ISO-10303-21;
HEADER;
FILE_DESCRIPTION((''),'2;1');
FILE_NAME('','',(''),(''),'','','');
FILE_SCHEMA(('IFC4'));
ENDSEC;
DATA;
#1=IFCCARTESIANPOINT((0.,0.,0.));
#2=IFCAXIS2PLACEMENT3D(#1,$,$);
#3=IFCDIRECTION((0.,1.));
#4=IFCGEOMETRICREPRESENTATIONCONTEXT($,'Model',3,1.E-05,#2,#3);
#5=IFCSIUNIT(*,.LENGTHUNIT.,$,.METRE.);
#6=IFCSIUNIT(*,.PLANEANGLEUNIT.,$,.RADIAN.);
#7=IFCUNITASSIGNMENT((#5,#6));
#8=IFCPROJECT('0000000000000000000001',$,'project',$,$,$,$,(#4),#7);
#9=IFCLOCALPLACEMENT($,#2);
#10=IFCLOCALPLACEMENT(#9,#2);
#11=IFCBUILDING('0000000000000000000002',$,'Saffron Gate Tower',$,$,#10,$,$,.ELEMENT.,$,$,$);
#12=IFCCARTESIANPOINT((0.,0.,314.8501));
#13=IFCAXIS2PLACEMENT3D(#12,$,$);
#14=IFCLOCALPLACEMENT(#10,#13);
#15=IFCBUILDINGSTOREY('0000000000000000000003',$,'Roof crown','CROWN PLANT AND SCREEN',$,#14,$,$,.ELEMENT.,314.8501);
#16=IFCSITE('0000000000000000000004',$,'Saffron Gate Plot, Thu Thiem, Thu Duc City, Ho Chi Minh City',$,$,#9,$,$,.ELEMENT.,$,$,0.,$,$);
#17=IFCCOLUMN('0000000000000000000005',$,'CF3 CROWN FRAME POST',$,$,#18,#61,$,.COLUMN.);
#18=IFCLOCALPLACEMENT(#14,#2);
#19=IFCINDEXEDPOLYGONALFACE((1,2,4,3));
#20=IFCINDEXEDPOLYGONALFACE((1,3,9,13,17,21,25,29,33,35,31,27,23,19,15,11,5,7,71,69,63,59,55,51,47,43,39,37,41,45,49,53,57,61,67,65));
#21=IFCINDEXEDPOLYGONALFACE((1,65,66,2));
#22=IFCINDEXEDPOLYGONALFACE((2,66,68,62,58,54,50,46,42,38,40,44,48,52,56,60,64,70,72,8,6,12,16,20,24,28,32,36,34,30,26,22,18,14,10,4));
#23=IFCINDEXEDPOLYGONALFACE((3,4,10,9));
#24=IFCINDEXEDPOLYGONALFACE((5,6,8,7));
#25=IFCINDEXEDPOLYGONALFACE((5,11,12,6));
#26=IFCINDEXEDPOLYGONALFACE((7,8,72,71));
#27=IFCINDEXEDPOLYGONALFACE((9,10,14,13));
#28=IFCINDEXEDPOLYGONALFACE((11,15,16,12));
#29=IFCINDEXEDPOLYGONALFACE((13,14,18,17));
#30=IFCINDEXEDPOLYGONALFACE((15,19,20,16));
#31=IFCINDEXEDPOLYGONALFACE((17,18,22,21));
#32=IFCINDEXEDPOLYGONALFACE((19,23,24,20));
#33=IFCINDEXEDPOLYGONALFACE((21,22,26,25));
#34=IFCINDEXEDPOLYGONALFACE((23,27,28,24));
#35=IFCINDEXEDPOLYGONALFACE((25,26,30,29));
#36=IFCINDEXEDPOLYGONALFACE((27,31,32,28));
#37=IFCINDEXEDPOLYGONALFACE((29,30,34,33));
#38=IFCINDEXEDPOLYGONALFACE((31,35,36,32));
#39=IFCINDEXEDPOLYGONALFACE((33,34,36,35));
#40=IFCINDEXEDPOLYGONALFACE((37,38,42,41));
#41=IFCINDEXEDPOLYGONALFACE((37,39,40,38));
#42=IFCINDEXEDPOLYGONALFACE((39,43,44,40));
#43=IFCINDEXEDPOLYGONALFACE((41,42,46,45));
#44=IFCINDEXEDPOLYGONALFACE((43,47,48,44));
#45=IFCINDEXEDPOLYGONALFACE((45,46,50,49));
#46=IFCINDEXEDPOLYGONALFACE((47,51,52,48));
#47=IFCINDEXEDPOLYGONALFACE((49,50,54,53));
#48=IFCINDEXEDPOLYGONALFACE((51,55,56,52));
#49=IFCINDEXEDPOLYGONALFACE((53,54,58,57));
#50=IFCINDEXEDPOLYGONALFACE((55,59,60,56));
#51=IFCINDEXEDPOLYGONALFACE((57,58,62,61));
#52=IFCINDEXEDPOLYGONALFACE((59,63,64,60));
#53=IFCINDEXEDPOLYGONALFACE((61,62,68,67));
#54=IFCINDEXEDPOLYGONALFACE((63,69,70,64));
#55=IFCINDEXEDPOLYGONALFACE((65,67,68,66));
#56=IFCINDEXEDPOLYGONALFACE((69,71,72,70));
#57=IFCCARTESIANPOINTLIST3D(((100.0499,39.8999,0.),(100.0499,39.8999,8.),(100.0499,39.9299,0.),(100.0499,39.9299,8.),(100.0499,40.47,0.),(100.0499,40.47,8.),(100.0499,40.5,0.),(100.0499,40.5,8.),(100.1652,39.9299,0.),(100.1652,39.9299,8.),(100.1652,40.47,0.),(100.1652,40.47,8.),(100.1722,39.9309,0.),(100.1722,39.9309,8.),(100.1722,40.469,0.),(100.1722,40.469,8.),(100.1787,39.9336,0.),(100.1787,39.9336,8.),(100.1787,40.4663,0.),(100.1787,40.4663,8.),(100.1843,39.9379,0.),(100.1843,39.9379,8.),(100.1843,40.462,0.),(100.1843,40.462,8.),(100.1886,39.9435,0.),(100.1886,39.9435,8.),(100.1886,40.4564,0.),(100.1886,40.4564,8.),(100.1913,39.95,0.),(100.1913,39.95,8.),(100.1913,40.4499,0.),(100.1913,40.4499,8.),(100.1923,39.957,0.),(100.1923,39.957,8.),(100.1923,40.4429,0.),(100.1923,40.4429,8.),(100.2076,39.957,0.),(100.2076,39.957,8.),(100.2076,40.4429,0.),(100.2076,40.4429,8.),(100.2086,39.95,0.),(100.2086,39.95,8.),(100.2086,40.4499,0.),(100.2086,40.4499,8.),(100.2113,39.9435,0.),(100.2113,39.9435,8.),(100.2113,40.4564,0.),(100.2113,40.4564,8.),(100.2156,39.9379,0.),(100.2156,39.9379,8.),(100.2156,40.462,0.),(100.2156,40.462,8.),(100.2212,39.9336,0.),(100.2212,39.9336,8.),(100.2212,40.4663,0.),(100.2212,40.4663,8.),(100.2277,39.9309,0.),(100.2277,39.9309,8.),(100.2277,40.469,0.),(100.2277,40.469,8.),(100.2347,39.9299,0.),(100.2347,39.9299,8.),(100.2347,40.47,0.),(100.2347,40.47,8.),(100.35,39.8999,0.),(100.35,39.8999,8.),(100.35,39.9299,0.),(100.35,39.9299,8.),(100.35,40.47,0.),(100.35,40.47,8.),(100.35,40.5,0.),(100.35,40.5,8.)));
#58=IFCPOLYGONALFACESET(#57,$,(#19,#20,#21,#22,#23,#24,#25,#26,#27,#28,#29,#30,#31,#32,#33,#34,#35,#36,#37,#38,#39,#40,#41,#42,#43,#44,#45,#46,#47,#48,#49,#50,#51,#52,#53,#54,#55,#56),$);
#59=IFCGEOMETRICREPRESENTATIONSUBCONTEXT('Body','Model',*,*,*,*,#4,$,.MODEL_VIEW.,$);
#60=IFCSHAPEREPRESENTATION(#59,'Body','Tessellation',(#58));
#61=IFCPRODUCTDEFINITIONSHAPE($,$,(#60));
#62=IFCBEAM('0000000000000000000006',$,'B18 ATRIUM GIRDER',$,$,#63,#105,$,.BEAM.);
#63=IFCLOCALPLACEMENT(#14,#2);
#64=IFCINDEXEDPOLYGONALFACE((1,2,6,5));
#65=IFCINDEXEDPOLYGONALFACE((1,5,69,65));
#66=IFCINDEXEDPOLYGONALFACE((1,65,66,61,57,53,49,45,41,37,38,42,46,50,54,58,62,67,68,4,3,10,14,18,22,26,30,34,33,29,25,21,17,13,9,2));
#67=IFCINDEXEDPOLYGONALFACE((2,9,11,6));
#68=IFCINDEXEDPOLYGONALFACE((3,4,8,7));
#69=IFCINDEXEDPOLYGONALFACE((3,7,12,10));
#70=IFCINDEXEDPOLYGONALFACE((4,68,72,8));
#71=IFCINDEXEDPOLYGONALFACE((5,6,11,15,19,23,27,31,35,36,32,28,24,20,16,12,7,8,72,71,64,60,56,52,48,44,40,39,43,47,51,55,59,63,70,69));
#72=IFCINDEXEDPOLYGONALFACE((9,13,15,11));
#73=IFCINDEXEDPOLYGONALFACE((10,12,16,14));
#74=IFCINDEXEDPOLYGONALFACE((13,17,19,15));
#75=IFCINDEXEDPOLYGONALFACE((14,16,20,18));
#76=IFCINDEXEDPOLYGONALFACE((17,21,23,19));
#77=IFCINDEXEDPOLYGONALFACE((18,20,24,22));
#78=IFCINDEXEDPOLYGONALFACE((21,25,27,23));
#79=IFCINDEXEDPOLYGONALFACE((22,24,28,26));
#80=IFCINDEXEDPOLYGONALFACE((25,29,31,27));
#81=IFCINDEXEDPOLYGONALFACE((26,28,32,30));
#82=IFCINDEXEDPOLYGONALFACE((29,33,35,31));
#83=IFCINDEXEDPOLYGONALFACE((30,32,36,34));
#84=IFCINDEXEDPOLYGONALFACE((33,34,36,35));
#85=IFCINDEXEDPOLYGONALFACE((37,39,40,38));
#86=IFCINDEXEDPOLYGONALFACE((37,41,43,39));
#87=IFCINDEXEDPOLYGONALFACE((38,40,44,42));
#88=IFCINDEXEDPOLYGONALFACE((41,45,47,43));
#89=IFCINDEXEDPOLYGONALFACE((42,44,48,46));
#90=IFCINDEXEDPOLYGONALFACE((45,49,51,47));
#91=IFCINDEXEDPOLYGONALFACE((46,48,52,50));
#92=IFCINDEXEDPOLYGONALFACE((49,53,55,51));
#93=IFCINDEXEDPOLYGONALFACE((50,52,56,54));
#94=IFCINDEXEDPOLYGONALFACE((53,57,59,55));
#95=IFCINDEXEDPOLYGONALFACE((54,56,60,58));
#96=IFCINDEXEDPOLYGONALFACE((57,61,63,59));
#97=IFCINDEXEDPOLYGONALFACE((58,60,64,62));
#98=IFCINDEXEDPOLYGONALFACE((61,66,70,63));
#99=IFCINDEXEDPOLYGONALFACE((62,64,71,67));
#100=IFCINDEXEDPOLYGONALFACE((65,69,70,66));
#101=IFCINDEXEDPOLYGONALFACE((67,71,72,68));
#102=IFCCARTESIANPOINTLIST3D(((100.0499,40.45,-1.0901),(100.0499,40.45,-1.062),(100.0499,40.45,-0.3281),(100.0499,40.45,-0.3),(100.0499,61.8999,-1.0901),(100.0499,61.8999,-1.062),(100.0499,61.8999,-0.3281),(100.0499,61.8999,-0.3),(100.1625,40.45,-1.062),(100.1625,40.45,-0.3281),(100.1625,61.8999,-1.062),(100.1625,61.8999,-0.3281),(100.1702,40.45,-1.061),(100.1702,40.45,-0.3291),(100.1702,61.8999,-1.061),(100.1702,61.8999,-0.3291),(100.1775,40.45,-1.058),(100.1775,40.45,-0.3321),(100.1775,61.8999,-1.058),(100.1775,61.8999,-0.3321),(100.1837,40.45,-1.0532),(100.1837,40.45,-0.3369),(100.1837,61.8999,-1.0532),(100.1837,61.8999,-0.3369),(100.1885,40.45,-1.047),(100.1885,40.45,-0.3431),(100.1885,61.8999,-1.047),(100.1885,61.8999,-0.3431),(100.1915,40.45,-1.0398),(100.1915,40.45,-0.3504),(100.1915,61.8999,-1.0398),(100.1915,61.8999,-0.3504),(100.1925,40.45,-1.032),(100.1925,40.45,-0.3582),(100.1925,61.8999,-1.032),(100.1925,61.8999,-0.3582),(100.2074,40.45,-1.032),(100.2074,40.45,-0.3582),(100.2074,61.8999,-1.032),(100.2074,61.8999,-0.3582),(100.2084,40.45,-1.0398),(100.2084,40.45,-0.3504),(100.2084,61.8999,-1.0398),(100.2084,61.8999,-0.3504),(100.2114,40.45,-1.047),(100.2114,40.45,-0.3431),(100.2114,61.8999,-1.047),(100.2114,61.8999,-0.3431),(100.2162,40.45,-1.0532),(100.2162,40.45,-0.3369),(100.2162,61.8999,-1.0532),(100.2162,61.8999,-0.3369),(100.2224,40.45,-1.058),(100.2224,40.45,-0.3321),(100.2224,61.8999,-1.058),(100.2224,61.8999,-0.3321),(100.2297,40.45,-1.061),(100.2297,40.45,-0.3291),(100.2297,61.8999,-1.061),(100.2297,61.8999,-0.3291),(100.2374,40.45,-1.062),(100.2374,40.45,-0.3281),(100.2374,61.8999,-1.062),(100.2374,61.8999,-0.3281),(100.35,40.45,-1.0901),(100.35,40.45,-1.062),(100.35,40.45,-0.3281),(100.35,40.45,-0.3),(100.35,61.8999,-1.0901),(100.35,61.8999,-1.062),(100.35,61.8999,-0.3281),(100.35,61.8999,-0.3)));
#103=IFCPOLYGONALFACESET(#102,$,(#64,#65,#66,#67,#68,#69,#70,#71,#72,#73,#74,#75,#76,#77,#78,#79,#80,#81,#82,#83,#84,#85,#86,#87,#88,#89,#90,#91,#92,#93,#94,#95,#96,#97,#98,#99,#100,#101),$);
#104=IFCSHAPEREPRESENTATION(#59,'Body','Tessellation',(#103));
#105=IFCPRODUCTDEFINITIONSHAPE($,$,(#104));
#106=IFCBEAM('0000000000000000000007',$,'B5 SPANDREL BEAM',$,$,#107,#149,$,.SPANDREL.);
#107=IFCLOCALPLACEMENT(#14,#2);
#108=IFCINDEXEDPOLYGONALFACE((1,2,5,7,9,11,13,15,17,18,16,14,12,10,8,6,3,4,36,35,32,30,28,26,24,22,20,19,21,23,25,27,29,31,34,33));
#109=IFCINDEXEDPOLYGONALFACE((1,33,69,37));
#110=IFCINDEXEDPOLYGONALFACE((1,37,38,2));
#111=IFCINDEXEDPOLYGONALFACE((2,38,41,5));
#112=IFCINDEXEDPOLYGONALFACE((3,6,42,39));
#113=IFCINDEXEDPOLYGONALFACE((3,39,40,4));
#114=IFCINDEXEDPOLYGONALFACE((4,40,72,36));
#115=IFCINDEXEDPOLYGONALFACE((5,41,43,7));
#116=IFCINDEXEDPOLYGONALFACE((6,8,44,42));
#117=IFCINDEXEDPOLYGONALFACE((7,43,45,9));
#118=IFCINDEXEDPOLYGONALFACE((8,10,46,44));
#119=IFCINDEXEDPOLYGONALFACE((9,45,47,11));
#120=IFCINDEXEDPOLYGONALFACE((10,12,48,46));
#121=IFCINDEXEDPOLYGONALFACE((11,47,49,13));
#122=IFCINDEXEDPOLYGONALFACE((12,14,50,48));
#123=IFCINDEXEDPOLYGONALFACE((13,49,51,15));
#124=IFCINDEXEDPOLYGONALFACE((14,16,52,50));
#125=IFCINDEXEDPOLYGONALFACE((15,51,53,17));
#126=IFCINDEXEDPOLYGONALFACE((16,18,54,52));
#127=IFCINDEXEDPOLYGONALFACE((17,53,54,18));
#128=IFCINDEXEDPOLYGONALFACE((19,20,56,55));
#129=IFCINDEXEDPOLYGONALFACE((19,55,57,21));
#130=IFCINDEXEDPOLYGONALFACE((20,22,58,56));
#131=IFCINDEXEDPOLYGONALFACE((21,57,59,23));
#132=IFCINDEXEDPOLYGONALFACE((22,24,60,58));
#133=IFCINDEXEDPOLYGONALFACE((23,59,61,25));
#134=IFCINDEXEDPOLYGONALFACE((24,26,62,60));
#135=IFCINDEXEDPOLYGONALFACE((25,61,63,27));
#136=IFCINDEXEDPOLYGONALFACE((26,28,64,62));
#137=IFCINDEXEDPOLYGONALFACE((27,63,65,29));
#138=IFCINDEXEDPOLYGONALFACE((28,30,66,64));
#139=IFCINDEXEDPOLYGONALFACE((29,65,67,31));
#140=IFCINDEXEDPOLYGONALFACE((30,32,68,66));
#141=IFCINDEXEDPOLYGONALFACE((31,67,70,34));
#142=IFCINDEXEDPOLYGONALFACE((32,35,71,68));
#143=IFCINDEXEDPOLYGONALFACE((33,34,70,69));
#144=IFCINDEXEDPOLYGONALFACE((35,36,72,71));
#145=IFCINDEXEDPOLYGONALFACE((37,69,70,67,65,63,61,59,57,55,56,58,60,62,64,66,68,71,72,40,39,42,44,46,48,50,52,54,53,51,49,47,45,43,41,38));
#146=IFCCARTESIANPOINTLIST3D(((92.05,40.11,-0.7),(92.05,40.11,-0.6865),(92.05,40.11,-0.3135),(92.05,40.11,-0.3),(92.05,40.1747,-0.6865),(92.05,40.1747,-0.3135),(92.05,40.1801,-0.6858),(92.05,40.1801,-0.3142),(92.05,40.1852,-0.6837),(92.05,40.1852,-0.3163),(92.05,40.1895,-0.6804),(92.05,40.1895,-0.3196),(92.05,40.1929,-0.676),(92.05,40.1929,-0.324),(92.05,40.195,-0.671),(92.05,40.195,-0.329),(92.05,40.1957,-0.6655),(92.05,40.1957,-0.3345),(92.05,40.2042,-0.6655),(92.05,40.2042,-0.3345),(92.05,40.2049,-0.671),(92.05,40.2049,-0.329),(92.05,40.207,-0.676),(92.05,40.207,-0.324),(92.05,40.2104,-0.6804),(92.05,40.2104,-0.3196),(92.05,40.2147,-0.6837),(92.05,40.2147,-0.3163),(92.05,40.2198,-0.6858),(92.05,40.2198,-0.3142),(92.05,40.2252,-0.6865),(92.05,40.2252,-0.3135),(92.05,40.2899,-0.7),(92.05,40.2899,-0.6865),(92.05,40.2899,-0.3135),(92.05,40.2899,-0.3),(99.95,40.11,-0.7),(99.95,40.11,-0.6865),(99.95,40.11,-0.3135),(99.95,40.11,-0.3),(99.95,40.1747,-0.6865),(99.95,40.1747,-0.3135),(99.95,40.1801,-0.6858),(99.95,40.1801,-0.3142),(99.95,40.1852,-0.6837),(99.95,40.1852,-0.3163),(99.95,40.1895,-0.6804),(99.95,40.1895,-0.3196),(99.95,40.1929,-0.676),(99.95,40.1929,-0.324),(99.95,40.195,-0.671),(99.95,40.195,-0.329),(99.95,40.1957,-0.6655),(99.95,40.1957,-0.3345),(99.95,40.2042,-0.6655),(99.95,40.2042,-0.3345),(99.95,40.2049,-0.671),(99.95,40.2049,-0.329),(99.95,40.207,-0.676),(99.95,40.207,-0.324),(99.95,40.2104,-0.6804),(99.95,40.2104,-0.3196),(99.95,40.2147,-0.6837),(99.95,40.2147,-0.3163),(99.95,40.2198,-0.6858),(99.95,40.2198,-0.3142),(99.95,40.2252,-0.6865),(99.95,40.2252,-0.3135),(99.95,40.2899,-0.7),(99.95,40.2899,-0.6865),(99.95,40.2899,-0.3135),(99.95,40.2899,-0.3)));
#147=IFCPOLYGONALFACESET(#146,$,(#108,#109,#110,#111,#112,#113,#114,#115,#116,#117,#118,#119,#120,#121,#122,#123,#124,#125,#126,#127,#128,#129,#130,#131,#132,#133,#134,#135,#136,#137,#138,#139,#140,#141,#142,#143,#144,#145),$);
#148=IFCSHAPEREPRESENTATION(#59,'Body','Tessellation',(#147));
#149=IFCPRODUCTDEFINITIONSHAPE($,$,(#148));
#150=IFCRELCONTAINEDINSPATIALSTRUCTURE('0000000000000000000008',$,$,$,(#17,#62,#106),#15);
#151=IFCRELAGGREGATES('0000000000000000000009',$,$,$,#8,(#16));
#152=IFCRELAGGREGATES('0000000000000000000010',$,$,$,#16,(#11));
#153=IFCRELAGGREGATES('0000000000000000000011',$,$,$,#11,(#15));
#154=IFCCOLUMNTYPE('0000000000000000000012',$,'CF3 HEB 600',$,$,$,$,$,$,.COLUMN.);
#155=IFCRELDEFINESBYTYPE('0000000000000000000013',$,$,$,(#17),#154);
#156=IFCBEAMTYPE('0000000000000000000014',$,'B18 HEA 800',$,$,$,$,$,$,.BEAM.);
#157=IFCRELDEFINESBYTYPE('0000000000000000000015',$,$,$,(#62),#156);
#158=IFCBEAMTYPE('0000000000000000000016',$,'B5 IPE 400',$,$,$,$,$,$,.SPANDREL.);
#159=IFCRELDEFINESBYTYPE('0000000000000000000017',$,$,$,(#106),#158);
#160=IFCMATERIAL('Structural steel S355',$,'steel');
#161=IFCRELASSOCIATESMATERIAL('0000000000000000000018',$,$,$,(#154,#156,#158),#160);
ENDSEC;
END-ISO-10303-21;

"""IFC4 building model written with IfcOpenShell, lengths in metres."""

from ifc_helpers import new_model, si_unit, direction, frame, origin, origin_2d, place, context, subcontext, project, spatial, i_section, extrude, material, material_profile, profile_set, type_object, element, save


model = new_model("IFC4")

# Units and contexts
model_context = context("Model", 3, precision=1e-05, world=origin(), true_north=direction((0.0, 1.0)))
body_context = subcontext(model_context, "Body", "Model", "MODEL_VIEW")
ifc_project = project(units=[si_unit("LENGTHUNIT", "METRE"), si_unit("PLANEANGLEUNIT", "RADIAN")], contexts=[model_context])

# Site, building, storey
site_placement = place(None, origin())
site = spatial("IfcSite", under=ifc_project, at=site_placement, Name="Saffron Gate Plot, Thu Thiem, Thu Duc City, Ho Chi Minh City", CompositionType="ELEMENT", RefElevation=0.0)
building_placement = place(site_placement, origin())
building = spatial("IfcBuilding", under=site, at=building_placement, Name="Saffron Gate Tower", CompositionType="ELEMENT")
storey_placement = place(building_placement, frame((0.0, 0.0, 314.8501)))
storey = spatial("IfcBuildingStorey", under=building, at=storey_placement, Name="Roof crown", Description="CROWN PLANT AND SCREEN", CompositionType="ELEMENT", Elevation=314.8501)

# Column
ifc_material_1 = material(Name="Structural steel S355", Category="steel")
ifc_material_profile_1 = material_profile(ifc_material_1, i_section(OverallWidth=0.3, OverallDepth=0.6001, WebThickness=0.0154, FlangeThickness=0.03, FilletRadius=0.0271, at=origin_2d()))
ifc_profile_set_1 = profile_set([ifc_material_profile_1], Name="Structural steel S355")
column_type = type_object("IfcColumnType", Name="CF3 HEB 600", PredefinedType="COLUMN", material=ifc_profile_set_1)
column_placement = place(storey_placement, frame((100.2, 40.2, 0.0), z_axis=(0.0, 0.0, 1.0), x_axis=(1.0, 0.0, 0.0)))
element("IfcColumn", 1, at=column_placement, inside=storey, type_object=column_type, Name="CF3 CROWN FRAME POST", PredefinedType="COLUMN", context=body_context, shape_type="SweptSolid", body=[
    extrude(i_section(OverallWidth=0.3, OverallDepth=0.6001, WebThickness=0.0154, FlangeThickness=0.03, FilletRadius=0.0271, at=origin_2d()), origin(), (0.0, 0.0, 1.0), 8.0),
])

# Beams
ifc_material_profile_2 = material_profile(ifc_material_1, i_section(OverallWidth=0.3, OverallDepth=0.79, WebThickness=0.0149, FlangeThickness=0.0281, FilletRadius=0.03, at=origin_2d()))
ifc_profile_set_2 = profile_set([ifc_material_profile_2], Name="Structural steel S355")
beam_type_1 = type_object("IfcBeamType", Name="B18 HEA 800", PredefinedType="BEAM", material=ifc_profile_set_2)
beam_1_placement = place(storey_placement, frame((100.2, 40.45, -0.6951), z_axis=(0.0, 1.0, 0.0), x_axis=(-1.0, 0.0, 0.0)))
element("IfcBeam", 2, at=beam_1_placement, inside=storey, type_object=beam_type_1, Name="B18 ATRIUM GIRDER", PredefinedType="BEAM", context=body_context, shape_type="SweptSolid", body=[
    extrude(i_section(OverallWidth=0.3, OverallDepth=0.79, WebThickness=0.0149, FlangeThickness=0.0281, FilletRadius=0.03, at=origin_2d()), origin(), (0.0, 0.0, 1.0), 21.45),
])
ifc_material_profile_3 = material_profile(ifc_material_1, i_section(OverallWidth=0.1799, OverallDepth=0.3999, WebThickness=0.0085, FlangeThickness=0.0134, FilletRadius=0.021, at=origin_2d()))
ifc_profile_set_3 = profile_set([ifc_material_profile_3], Name="Structural steel S355")
beam_type_2 = type_object("IfcBeamType", Name="B5 IPE 400", PredefinedType="SPANDREL", material=ifc_profile_set_3)
beam_2_placement = place(storey_placement, frame((92.05, 40.2, -0.5), z_axis=(1.0, 0.0, 0.0), x_axis=(0.0, 1.0, 0.0)))
element("IfcBeam", 3, at=beam_2_placement, inside=storey, type_object=beam_type_2, Name="B5 SPANDREL BEAM", PredefinedType="SPANDREL", context=body_context, shape_type="SweptSolid", body=[
    extrude(i_section(OverallWidth=0.1799, OverallDepth=0.3999, WebThickness=0.0085, FlangeThickness=0.0134, FilletRadius=0.021, at=origin_2d()), origin(), (0.0, 0.0, 1.0), 7.8999),
])

save(model, "model.ifc")
